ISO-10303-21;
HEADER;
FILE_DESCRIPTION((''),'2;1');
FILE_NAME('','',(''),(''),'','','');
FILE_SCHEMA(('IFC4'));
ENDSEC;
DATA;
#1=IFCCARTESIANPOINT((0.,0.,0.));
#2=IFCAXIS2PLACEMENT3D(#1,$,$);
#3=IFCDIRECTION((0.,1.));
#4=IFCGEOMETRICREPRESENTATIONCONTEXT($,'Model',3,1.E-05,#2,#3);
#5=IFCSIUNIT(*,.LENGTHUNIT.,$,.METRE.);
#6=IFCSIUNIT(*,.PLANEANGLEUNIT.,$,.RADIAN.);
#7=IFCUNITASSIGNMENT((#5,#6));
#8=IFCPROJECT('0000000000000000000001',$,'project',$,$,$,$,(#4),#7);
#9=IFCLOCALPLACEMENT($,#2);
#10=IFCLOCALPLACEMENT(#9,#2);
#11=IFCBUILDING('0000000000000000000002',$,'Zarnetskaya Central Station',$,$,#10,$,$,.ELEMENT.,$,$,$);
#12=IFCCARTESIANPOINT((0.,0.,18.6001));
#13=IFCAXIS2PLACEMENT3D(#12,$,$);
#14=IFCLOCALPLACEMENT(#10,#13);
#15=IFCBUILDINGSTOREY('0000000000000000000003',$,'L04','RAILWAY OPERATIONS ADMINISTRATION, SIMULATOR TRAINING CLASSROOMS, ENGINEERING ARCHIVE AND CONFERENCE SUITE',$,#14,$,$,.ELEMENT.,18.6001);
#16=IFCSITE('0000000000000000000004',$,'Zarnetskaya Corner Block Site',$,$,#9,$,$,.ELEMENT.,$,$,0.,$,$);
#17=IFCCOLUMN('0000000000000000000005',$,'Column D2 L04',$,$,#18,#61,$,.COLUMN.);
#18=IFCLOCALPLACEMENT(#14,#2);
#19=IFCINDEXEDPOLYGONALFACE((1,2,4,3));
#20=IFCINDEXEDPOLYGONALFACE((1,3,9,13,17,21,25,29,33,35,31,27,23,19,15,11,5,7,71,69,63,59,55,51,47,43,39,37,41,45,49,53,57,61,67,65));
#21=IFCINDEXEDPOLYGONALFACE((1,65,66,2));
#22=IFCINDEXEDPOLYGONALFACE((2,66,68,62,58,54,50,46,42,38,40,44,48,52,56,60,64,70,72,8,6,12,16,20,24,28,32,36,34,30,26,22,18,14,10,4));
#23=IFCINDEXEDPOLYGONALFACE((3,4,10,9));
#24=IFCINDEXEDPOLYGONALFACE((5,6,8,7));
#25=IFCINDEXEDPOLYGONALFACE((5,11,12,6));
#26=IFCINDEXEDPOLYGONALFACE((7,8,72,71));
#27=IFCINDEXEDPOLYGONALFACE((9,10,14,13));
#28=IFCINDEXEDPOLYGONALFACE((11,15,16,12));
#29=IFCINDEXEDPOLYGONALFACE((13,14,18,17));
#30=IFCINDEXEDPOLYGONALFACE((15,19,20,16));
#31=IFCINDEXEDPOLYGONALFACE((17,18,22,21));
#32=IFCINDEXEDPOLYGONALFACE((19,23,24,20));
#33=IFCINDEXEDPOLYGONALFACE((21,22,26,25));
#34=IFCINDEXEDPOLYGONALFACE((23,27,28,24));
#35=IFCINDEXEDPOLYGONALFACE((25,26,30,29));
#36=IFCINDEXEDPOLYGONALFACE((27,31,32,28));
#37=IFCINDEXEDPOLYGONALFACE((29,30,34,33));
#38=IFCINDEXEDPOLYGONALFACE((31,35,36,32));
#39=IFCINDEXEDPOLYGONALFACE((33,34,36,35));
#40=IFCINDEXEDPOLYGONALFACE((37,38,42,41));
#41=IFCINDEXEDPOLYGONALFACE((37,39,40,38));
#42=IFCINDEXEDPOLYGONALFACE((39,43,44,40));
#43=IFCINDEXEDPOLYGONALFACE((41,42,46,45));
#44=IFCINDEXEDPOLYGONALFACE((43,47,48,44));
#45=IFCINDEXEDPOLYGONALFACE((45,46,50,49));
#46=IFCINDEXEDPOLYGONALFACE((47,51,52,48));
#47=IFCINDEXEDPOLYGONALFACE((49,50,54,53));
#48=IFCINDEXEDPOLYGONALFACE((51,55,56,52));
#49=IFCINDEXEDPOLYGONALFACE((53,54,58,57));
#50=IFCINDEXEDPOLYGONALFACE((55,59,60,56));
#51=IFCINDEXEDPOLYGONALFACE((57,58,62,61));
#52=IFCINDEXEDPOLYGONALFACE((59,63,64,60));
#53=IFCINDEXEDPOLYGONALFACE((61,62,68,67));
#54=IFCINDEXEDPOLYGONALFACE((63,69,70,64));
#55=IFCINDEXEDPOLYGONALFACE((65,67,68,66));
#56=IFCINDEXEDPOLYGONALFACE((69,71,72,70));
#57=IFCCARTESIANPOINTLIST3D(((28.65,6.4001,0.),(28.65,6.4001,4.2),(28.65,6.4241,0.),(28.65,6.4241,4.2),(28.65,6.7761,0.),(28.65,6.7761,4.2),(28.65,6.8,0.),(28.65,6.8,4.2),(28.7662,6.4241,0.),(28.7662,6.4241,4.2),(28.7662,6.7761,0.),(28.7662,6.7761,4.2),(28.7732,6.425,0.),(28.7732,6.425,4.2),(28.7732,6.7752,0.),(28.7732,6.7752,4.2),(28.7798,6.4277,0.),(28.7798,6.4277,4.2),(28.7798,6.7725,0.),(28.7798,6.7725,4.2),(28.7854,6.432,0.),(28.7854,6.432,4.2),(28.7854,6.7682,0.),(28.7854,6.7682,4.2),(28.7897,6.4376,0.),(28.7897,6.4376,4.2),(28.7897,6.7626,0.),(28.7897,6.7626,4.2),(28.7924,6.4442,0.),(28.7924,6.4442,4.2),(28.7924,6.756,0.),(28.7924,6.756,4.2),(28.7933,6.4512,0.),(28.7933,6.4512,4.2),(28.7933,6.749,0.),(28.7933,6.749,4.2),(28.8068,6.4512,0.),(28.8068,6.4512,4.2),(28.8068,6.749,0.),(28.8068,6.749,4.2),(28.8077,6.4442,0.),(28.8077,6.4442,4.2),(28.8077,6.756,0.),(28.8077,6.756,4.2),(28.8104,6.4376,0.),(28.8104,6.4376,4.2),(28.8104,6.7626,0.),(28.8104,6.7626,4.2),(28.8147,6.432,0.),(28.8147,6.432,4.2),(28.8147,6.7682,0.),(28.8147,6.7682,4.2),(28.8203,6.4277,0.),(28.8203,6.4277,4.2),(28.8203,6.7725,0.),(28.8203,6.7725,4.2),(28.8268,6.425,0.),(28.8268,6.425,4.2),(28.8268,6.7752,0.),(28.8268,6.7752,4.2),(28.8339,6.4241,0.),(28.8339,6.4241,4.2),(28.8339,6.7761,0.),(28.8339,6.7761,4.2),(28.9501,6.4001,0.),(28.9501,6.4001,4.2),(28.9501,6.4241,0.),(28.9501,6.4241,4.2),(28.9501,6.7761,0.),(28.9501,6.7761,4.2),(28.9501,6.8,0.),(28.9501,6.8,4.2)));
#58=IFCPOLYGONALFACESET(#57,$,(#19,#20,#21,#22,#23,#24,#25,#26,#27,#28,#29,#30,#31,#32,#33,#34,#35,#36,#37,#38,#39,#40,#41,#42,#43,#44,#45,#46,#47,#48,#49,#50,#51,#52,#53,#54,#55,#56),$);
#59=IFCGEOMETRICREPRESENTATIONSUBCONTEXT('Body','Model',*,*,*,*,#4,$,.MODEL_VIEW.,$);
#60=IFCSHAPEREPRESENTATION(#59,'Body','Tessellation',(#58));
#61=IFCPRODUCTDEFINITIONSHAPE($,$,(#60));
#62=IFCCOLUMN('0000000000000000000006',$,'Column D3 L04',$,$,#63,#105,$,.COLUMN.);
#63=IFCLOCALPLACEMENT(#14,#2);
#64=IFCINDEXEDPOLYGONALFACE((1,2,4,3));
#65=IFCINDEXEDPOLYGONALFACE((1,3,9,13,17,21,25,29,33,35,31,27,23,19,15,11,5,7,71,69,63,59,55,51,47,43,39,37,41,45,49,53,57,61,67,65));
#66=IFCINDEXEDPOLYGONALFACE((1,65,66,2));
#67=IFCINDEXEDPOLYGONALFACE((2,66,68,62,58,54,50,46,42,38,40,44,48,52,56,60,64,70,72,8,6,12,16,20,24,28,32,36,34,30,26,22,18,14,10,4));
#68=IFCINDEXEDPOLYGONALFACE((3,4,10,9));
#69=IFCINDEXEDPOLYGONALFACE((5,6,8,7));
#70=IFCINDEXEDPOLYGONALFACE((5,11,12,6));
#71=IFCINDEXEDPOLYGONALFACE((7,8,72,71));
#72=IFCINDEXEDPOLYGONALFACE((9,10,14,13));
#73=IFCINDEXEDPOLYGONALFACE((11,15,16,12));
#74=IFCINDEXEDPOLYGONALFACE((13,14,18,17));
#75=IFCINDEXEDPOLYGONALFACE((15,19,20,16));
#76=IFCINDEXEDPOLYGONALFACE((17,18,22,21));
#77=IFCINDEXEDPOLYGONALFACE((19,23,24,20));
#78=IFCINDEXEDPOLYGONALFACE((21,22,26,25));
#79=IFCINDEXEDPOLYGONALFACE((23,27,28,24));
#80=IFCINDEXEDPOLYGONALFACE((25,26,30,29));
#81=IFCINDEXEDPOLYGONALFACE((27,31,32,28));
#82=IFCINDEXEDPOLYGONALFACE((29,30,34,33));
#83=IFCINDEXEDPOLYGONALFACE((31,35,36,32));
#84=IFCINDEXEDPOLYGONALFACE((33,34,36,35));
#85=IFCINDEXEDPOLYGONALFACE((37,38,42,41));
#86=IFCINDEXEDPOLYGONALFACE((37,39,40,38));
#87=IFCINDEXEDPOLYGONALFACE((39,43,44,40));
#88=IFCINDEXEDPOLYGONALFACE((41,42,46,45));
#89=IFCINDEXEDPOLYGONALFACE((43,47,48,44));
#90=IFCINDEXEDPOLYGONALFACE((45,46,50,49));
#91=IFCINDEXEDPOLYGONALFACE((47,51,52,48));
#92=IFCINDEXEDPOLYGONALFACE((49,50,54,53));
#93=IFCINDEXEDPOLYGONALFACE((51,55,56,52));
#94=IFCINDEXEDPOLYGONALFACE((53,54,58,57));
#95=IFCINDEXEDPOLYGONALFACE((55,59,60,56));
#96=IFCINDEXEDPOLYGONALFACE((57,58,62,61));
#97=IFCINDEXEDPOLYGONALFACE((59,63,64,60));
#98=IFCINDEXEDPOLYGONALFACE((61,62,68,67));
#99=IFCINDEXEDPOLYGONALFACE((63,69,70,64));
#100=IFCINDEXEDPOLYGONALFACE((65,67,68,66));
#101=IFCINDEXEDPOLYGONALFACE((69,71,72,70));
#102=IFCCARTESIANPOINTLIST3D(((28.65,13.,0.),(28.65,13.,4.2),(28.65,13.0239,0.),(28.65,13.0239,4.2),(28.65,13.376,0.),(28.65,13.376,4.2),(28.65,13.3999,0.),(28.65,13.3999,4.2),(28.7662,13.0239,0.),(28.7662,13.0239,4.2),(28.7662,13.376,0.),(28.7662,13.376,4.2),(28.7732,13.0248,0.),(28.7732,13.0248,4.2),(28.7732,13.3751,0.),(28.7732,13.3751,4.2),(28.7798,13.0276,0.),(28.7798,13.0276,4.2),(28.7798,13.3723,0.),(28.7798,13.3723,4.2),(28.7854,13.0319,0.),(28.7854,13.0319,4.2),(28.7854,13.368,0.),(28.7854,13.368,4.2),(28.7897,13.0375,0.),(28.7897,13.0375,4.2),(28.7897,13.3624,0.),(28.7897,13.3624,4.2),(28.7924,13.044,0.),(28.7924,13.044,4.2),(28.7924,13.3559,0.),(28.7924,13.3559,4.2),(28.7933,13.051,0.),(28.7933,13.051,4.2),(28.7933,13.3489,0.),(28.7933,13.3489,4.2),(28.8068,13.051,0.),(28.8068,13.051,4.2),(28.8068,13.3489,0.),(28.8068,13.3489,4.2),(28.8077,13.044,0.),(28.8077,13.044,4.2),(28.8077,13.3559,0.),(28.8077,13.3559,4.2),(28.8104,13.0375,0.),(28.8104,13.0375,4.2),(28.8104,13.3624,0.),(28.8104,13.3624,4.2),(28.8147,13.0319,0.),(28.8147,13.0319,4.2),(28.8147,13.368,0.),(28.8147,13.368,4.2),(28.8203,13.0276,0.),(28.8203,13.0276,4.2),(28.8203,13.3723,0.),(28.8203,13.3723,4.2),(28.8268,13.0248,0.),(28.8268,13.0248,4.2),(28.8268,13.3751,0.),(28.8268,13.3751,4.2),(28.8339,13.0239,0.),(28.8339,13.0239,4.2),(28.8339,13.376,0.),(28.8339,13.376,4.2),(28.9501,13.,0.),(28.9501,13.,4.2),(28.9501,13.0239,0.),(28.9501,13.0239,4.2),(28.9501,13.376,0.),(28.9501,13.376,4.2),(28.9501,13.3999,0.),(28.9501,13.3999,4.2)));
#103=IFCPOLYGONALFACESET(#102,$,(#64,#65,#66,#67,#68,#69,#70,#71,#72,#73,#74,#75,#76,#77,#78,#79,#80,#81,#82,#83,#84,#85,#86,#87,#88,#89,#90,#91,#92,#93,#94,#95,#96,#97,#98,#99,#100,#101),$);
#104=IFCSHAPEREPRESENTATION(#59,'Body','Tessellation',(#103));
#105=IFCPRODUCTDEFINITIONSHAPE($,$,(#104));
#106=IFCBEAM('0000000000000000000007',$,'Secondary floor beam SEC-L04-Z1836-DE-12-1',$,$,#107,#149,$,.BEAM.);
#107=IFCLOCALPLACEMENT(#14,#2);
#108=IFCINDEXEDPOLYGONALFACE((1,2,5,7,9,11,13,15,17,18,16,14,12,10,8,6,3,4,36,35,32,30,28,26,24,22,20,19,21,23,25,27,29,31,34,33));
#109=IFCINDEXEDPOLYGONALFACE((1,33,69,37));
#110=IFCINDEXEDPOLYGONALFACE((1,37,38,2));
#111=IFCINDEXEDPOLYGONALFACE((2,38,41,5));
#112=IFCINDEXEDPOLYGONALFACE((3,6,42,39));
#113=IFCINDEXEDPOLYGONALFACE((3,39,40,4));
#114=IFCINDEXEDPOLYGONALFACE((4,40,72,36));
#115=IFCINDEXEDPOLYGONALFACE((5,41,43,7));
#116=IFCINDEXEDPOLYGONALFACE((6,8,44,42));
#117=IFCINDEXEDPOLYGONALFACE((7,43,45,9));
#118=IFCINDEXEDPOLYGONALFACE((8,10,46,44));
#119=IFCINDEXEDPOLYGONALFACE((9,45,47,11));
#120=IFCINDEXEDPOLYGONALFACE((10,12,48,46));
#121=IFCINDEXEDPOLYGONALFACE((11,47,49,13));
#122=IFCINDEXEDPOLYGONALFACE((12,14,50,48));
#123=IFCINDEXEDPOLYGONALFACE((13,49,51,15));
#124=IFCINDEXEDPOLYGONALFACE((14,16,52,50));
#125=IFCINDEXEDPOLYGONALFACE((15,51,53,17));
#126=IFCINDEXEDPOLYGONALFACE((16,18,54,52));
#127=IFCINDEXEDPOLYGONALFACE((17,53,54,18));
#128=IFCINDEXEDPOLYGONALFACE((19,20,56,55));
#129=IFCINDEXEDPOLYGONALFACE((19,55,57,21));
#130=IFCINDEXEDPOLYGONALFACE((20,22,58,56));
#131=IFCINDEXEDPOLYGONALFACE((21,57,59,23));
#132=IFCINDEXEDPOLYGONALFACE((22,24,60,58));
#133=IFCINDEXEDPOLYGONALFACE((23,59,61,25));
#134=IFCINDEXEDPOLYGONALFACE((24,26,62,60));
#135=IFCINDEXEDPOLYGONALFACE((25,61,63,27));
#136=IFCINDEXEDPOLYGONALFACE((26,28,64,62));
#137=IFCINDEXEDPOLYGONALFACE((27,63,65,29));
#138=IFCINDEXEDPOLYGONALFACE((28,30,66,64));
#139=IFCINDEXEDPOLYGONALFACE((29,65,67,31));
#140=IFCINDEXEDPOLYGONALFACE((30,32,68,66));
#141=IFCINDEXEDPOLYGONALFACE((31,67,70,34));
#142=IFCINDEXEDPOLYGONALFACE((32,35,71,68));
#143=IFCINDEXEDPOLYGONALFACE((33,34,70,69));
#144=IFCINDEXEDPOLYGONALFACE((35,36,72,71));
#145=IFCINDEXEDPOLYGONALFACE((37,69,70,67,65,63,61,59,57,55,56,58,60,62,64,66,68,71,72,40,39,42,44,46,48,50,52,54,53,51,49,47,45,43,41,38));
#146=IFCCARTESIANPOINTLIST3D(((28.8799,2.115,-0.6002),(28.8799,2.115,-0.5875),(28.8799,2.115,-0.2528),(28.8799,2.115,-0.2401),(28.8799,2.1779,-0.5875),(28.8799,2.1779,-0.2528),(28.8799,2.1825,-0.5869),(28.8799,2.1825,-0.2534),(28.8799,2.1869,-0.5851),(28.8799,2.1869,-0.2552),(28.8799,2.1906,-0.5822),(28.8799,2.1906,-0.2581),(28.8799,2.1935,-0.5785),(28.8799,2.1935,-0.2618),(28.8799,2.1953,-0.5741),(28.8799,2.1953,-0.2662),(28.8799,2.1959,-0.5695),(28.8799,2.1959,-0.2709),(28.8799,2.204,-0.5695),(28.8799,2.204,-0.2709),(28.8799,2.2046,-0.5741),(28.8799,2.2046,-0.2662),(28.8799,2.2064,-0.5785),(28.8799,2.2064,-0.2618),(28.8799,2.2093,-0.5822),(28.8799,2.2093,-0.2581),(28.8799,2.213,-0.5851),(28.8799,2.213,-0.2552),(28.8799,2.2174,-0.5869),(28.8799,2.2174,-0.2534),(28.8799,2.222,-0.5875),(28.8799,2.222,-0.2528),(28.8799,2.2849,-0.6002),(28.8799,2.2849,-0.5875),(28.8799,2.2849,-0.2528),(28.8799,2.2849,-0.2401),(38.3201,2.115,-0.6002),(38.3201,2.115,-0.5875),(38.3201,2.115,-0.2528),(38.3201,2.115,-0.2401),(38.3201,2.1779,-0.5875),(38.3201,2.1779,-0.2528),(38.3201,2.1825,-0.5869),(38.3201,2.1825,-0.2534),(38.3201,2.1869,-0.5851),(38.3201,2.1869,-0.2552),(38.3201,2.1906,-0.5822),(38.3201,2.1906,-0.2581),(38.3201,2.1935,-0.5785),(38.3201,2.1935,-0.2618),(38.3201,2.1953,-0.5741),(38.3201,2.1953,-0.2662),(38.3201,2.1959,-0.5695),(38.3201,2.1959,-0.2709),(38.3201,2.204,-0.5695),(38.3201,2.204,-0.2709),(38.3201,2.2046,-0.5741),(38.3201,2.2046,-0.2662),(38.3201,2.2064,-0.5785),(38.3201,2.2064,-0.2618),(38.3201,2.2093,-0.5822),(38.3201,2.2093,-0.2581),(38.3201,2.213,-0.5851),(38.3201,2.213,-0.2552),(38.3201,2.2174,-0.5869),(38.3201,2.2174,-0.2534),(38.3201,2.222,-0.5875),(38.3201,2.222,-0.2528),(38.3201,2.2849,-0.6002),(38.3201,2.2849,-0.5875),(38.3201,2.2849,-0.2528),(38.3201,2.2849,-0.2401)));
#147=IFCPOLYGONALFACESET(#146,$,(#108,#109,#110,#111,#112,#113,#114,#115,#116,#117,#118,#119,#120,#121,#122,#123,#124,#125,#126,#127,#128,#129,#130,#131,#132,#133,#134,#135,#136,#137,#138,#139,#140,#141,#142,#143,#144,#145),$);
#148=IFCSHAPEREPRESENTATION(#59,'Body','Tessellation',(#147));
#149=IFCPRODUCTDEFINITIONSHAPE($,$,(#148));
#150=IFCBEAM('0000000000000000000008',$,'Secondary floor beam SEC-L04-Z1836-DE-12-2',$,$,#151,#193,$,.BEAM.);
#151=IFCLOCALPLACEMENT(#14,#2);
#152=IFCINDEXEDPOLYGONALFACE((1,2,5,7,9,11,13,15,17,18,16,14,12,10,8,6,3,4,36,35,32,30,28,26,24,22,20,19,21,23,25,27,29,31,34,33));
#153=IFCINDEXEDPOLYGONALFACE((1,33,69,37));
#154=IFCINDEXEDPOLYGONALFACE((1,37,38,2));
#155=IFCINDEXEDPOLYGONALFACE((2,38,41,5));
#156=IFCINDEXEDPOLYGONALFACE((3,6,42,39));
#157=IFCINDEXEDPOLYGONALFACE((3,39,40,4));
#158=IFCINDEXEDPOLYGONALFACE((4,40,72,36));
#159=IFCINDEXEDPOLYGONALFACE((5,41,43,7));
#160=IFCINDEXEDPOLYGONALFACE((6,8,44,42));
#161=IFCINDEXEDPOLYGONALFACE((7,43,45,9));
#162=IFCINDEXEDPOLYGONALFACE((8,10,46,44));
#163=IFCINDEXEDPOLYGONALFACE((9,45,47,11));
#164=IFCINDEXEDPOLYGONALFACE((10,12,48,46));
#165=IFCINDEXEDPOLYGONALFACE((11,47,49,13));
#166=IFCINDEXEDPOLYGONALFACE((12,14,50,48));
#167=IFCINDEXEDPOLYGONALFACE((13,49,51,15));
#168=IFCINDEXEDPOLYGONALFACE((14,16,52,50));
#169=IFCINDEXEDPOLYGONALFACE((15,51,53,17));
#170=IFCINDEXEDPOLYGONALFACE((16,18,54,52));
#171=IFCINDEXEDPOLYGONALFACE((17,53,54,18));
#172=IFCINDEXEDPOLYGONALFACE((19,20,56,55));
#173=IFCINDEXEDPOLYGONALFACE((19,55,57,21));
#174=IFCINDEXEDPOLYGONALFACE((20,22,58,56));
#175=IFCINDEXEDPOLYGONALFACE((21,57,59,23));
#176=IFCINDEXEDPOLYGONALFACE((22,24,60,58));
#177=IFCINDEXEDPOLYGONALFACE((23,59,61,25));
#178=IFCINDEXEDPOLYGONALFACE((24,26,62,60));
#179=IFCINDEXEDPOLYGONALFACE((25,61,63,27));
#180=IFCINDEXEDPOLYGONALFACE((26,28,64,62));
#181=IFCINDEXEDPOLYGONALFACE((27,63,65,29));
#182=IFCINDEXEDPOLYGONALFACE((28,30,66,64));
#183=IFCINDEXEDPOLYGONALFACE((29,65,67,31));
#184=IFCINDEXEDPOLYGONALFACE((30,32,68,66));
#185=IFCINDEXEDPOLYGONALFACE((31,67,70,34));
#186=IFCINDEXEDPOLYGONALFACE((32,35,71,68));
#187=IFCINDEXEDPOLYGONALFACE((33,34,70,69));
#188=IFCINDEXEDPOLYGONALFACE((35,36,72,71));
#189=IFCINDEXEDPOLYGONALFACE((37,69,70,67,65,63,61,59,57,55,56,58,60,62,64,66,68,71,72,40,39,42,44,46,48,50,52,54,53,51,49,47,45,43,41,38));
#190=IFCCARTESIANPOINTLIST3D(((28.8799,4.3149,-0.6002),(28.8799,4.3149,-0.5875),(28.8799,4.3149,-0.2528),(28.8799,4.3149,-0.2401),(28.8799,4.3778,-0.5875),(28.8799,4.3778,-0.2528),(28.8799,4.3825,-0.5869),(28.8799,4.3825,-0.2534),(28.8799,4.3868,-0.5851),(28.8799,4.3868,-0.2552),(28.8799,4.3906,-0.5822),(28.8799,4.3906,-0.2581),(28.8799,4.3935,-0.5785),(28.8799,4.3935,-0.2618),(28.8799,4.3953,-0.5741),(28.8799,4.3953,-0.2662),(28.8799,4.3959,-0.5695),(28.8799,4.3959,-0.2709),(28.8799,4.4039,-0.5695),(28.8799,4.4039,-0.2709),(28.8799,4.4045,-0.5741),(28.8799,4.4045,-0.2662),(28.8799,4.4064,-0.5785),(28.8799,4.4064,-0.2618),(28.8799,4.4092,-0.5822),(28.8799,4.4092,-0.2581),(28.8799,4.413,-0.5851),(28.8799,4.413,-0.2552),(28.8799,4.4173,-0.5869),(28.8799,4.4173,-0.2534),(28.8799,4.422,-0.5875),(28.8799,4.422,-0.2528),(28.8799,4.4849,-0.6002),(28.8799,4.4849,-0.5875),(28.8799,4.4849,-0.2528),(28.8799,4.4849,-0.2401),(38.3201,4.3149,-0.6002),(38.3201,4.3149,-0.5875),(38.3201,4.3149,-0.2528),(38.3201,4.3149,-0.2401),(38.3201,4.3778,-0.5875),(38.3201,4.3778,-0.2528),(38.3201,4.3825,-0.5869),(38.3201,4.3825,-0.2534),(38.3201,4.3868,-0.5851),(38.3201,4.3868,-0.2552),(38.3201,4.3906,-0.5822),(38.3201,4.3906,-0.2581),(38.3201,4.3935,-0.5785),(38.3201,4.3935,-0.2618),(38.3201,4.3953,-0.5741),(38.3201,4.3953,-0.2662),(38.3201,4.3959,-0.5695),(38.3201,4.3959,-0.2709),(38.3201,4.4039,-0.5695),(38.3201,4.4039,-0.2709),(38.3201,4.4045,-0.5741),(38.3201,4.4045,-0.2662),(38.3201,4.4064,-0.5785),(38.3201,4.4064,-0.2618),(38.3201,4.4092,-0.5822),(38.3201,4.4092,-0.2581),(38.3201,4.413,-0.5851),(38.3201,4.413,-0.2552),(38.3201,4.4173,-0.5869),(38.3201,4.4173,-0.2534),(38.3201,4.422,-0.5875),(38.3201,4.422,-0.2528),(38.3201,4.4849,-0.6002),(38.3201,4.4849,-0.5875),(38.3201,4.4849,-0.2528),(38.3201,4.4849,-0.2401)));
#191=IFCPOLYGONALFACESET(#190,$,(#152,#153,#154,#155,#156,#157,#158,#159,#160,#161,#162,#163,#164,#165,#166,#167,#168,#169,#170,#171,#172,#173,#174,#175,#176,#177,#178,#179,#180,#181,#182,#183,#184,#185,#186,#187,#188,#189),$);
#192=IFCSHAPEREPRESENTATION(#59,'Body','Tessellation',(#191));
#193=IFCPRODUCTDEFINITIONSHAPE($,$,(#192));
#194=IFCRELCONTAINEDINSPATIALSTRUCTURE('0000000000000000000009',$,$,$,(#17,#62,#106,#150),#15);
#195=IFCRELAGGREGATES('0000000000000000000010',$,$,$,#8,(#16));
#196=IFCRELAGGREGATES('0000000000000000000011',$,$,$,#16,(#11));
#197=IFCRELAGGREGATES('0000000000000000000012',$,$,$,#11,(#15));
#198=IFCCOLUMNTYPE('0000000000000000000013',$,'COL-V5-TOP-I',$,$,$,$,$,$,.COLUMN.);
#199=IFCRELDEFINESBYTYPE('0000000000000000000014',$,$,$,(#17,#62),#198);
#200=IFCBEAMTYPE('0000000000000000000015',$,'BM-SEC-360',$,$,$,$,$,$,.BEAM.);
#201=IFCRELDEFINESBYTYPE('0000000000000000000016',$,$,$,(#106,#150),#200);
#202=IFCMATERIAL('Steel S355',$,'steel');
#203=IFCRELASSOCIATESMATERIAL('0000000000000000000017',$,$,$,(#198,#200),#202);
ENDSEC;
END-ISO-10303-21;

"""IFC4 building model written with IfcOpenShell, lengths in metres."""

from ifc_helpers import new_model, si_unit, direction, frame, origin, origin_2d, place, context, subcontext, project, spatial, i_section, extrude, material, material_profile, profile_set, type_object, element, save


model = new_model("IFC4")

# Units and contexts
model_context = context("Model", 3, precision=1e-05, world=origin(), true_north=direction((0.0, 1.0)))
body_context = subcontext(model_context, "Body", "Model", "MODEL_VIEW")
ifc_project = project(units=[si_unit("LENGTHUNIT", "METRE"), si_unit("PLANEANGLEUNIT", "RADIAN")], contexts=[model_context])

# Site, building, storey
site_placement = place(None, origin())
site = spatial("IfcSite", under=ifc_project, at=site_placement, Name="Zarnetskaya Corner Block Site", CompositionType="ELEMENT", RefElevation=0.0)
building_placement = place(site_placement, origin())
building = spatial("IfcBuilding", under=site, at=building_placement, Name="Zarnetskaya Central Station", CompositionType="ELEMENT")
storey_placement = place(building_placement, frame((0.0, 0.0, 18.6001)))
storey = spatial("IfcBuildingStorey", under=building, at=storey_placement, Name="L04", Description="RAILWAY OPERATIONS ADMINISTRATION, SIMULATOR TRAINING CLASSROOMS, ENGINEERING ARCHIVE AND CONFERENCE SUITE", CompositionType="ELEMENT", Elevation=18.6001)

# Columns
ifc_material_1 = material(Name="Steel S355", Category="steel")
ifc_material_profile_1 = material_profile(ifc_material_1, i_section(OverallWidth=0.3, OverallDepth=0.3999, WebThickness=0.0134, FlangeThickness=0.0239, FilletRadius=0.0271, at=origin_2d()), Name="HEB 400")
ifc_profile_set_1 = profile_set([ifc_material_profile_1], Name="Steel S355")
column_type = type_object("IfcColumnType", Name="COL-V5-TOP-I", PredefinedType="COLUMN", material=ifc_profile_set_1)
for number, where, z_axis, x_axis, name in (
    (1, (28.8, 6.6001, 0.0), (0.0, 0.0, 1.0), (1.0, 0.0, 0.0), "Column D2 L04"),
    (2, (28.8, 13.2, 0.0), (0.0, 0.0, 1.0), (1.0, 0.0, 0.0), "Column D3 L04"),
):
    element("IfcColumn", number, at=place(storey_placement, frame(where, z_axis=z_axis, x_axis=x_axis)), inside=storey, type_object=column_type, Name=name, PredefinedType="COLUMN", context=body_context, shape_type="SweptSolid", body=[
        extrude(i_section(OverallWidth=0.3, OverallDepth=0.3999, WebThickness=0.0134, FlangeThickness=0.0239, FilletRadius=0.0271, at=origin_2d()), origin(), (0.0, 0.0, 1.0), 4.2),
    ])

# Beams
ifc_material_profile_2 = material_profile(ifc_material_1, i_section(OverallWidth=0.1699, OverallDepth=0.3601, WebThickness=0.0081, FlangeThickness=0.0127, FilletRadius=0.0181, at=origin_2d()), Name="IPE 360")
ifc_profile_set_2 = profile_set([ifc_material_profile_2], Name="Steel S355")
beam_type_1 = type_object("IfcBeamType", Name="BM-SEC-360", PredefinedType="BEAM", material=ifc_profile_set_2)
for number, where, z_axis, x_axis, name in (
    (3, (28.8799, 2.2, -0.4202), (1.0, 0.0, 0.0), (0.0, 1.0, 0.0), "Secondary floor beam SEC-L04-Z1836-DE-12-1"),
    (4, (28.8799, 4.3999, -0.4202), (1.0, 0.0, 0.0), (0.0, 1.0, 0.0), "Secondary floor beam SEC-L04-Z1836-DE-12-2"),
):
    element("IfcBeam", number, at=place(storey_placement, frame(where, z_axis=z_axis, x_axis=x_axis)), inside=storey, type_object=beam_type_1, Name=name, PredefinedType="BEAM", context=body_context, shape_type="SweptSolid", body=[
        extrude(i_section(OverallWidth=0.1699, OverallDepth=0.3601, WebThickness=0.0081, FlangeThickness=0.0127, FilletRadius=0.0181, at=origin_2d()), origin(), (0.0, 0.0, 1.0), 9.4402),
    ])

save(model, "model.ifc")
